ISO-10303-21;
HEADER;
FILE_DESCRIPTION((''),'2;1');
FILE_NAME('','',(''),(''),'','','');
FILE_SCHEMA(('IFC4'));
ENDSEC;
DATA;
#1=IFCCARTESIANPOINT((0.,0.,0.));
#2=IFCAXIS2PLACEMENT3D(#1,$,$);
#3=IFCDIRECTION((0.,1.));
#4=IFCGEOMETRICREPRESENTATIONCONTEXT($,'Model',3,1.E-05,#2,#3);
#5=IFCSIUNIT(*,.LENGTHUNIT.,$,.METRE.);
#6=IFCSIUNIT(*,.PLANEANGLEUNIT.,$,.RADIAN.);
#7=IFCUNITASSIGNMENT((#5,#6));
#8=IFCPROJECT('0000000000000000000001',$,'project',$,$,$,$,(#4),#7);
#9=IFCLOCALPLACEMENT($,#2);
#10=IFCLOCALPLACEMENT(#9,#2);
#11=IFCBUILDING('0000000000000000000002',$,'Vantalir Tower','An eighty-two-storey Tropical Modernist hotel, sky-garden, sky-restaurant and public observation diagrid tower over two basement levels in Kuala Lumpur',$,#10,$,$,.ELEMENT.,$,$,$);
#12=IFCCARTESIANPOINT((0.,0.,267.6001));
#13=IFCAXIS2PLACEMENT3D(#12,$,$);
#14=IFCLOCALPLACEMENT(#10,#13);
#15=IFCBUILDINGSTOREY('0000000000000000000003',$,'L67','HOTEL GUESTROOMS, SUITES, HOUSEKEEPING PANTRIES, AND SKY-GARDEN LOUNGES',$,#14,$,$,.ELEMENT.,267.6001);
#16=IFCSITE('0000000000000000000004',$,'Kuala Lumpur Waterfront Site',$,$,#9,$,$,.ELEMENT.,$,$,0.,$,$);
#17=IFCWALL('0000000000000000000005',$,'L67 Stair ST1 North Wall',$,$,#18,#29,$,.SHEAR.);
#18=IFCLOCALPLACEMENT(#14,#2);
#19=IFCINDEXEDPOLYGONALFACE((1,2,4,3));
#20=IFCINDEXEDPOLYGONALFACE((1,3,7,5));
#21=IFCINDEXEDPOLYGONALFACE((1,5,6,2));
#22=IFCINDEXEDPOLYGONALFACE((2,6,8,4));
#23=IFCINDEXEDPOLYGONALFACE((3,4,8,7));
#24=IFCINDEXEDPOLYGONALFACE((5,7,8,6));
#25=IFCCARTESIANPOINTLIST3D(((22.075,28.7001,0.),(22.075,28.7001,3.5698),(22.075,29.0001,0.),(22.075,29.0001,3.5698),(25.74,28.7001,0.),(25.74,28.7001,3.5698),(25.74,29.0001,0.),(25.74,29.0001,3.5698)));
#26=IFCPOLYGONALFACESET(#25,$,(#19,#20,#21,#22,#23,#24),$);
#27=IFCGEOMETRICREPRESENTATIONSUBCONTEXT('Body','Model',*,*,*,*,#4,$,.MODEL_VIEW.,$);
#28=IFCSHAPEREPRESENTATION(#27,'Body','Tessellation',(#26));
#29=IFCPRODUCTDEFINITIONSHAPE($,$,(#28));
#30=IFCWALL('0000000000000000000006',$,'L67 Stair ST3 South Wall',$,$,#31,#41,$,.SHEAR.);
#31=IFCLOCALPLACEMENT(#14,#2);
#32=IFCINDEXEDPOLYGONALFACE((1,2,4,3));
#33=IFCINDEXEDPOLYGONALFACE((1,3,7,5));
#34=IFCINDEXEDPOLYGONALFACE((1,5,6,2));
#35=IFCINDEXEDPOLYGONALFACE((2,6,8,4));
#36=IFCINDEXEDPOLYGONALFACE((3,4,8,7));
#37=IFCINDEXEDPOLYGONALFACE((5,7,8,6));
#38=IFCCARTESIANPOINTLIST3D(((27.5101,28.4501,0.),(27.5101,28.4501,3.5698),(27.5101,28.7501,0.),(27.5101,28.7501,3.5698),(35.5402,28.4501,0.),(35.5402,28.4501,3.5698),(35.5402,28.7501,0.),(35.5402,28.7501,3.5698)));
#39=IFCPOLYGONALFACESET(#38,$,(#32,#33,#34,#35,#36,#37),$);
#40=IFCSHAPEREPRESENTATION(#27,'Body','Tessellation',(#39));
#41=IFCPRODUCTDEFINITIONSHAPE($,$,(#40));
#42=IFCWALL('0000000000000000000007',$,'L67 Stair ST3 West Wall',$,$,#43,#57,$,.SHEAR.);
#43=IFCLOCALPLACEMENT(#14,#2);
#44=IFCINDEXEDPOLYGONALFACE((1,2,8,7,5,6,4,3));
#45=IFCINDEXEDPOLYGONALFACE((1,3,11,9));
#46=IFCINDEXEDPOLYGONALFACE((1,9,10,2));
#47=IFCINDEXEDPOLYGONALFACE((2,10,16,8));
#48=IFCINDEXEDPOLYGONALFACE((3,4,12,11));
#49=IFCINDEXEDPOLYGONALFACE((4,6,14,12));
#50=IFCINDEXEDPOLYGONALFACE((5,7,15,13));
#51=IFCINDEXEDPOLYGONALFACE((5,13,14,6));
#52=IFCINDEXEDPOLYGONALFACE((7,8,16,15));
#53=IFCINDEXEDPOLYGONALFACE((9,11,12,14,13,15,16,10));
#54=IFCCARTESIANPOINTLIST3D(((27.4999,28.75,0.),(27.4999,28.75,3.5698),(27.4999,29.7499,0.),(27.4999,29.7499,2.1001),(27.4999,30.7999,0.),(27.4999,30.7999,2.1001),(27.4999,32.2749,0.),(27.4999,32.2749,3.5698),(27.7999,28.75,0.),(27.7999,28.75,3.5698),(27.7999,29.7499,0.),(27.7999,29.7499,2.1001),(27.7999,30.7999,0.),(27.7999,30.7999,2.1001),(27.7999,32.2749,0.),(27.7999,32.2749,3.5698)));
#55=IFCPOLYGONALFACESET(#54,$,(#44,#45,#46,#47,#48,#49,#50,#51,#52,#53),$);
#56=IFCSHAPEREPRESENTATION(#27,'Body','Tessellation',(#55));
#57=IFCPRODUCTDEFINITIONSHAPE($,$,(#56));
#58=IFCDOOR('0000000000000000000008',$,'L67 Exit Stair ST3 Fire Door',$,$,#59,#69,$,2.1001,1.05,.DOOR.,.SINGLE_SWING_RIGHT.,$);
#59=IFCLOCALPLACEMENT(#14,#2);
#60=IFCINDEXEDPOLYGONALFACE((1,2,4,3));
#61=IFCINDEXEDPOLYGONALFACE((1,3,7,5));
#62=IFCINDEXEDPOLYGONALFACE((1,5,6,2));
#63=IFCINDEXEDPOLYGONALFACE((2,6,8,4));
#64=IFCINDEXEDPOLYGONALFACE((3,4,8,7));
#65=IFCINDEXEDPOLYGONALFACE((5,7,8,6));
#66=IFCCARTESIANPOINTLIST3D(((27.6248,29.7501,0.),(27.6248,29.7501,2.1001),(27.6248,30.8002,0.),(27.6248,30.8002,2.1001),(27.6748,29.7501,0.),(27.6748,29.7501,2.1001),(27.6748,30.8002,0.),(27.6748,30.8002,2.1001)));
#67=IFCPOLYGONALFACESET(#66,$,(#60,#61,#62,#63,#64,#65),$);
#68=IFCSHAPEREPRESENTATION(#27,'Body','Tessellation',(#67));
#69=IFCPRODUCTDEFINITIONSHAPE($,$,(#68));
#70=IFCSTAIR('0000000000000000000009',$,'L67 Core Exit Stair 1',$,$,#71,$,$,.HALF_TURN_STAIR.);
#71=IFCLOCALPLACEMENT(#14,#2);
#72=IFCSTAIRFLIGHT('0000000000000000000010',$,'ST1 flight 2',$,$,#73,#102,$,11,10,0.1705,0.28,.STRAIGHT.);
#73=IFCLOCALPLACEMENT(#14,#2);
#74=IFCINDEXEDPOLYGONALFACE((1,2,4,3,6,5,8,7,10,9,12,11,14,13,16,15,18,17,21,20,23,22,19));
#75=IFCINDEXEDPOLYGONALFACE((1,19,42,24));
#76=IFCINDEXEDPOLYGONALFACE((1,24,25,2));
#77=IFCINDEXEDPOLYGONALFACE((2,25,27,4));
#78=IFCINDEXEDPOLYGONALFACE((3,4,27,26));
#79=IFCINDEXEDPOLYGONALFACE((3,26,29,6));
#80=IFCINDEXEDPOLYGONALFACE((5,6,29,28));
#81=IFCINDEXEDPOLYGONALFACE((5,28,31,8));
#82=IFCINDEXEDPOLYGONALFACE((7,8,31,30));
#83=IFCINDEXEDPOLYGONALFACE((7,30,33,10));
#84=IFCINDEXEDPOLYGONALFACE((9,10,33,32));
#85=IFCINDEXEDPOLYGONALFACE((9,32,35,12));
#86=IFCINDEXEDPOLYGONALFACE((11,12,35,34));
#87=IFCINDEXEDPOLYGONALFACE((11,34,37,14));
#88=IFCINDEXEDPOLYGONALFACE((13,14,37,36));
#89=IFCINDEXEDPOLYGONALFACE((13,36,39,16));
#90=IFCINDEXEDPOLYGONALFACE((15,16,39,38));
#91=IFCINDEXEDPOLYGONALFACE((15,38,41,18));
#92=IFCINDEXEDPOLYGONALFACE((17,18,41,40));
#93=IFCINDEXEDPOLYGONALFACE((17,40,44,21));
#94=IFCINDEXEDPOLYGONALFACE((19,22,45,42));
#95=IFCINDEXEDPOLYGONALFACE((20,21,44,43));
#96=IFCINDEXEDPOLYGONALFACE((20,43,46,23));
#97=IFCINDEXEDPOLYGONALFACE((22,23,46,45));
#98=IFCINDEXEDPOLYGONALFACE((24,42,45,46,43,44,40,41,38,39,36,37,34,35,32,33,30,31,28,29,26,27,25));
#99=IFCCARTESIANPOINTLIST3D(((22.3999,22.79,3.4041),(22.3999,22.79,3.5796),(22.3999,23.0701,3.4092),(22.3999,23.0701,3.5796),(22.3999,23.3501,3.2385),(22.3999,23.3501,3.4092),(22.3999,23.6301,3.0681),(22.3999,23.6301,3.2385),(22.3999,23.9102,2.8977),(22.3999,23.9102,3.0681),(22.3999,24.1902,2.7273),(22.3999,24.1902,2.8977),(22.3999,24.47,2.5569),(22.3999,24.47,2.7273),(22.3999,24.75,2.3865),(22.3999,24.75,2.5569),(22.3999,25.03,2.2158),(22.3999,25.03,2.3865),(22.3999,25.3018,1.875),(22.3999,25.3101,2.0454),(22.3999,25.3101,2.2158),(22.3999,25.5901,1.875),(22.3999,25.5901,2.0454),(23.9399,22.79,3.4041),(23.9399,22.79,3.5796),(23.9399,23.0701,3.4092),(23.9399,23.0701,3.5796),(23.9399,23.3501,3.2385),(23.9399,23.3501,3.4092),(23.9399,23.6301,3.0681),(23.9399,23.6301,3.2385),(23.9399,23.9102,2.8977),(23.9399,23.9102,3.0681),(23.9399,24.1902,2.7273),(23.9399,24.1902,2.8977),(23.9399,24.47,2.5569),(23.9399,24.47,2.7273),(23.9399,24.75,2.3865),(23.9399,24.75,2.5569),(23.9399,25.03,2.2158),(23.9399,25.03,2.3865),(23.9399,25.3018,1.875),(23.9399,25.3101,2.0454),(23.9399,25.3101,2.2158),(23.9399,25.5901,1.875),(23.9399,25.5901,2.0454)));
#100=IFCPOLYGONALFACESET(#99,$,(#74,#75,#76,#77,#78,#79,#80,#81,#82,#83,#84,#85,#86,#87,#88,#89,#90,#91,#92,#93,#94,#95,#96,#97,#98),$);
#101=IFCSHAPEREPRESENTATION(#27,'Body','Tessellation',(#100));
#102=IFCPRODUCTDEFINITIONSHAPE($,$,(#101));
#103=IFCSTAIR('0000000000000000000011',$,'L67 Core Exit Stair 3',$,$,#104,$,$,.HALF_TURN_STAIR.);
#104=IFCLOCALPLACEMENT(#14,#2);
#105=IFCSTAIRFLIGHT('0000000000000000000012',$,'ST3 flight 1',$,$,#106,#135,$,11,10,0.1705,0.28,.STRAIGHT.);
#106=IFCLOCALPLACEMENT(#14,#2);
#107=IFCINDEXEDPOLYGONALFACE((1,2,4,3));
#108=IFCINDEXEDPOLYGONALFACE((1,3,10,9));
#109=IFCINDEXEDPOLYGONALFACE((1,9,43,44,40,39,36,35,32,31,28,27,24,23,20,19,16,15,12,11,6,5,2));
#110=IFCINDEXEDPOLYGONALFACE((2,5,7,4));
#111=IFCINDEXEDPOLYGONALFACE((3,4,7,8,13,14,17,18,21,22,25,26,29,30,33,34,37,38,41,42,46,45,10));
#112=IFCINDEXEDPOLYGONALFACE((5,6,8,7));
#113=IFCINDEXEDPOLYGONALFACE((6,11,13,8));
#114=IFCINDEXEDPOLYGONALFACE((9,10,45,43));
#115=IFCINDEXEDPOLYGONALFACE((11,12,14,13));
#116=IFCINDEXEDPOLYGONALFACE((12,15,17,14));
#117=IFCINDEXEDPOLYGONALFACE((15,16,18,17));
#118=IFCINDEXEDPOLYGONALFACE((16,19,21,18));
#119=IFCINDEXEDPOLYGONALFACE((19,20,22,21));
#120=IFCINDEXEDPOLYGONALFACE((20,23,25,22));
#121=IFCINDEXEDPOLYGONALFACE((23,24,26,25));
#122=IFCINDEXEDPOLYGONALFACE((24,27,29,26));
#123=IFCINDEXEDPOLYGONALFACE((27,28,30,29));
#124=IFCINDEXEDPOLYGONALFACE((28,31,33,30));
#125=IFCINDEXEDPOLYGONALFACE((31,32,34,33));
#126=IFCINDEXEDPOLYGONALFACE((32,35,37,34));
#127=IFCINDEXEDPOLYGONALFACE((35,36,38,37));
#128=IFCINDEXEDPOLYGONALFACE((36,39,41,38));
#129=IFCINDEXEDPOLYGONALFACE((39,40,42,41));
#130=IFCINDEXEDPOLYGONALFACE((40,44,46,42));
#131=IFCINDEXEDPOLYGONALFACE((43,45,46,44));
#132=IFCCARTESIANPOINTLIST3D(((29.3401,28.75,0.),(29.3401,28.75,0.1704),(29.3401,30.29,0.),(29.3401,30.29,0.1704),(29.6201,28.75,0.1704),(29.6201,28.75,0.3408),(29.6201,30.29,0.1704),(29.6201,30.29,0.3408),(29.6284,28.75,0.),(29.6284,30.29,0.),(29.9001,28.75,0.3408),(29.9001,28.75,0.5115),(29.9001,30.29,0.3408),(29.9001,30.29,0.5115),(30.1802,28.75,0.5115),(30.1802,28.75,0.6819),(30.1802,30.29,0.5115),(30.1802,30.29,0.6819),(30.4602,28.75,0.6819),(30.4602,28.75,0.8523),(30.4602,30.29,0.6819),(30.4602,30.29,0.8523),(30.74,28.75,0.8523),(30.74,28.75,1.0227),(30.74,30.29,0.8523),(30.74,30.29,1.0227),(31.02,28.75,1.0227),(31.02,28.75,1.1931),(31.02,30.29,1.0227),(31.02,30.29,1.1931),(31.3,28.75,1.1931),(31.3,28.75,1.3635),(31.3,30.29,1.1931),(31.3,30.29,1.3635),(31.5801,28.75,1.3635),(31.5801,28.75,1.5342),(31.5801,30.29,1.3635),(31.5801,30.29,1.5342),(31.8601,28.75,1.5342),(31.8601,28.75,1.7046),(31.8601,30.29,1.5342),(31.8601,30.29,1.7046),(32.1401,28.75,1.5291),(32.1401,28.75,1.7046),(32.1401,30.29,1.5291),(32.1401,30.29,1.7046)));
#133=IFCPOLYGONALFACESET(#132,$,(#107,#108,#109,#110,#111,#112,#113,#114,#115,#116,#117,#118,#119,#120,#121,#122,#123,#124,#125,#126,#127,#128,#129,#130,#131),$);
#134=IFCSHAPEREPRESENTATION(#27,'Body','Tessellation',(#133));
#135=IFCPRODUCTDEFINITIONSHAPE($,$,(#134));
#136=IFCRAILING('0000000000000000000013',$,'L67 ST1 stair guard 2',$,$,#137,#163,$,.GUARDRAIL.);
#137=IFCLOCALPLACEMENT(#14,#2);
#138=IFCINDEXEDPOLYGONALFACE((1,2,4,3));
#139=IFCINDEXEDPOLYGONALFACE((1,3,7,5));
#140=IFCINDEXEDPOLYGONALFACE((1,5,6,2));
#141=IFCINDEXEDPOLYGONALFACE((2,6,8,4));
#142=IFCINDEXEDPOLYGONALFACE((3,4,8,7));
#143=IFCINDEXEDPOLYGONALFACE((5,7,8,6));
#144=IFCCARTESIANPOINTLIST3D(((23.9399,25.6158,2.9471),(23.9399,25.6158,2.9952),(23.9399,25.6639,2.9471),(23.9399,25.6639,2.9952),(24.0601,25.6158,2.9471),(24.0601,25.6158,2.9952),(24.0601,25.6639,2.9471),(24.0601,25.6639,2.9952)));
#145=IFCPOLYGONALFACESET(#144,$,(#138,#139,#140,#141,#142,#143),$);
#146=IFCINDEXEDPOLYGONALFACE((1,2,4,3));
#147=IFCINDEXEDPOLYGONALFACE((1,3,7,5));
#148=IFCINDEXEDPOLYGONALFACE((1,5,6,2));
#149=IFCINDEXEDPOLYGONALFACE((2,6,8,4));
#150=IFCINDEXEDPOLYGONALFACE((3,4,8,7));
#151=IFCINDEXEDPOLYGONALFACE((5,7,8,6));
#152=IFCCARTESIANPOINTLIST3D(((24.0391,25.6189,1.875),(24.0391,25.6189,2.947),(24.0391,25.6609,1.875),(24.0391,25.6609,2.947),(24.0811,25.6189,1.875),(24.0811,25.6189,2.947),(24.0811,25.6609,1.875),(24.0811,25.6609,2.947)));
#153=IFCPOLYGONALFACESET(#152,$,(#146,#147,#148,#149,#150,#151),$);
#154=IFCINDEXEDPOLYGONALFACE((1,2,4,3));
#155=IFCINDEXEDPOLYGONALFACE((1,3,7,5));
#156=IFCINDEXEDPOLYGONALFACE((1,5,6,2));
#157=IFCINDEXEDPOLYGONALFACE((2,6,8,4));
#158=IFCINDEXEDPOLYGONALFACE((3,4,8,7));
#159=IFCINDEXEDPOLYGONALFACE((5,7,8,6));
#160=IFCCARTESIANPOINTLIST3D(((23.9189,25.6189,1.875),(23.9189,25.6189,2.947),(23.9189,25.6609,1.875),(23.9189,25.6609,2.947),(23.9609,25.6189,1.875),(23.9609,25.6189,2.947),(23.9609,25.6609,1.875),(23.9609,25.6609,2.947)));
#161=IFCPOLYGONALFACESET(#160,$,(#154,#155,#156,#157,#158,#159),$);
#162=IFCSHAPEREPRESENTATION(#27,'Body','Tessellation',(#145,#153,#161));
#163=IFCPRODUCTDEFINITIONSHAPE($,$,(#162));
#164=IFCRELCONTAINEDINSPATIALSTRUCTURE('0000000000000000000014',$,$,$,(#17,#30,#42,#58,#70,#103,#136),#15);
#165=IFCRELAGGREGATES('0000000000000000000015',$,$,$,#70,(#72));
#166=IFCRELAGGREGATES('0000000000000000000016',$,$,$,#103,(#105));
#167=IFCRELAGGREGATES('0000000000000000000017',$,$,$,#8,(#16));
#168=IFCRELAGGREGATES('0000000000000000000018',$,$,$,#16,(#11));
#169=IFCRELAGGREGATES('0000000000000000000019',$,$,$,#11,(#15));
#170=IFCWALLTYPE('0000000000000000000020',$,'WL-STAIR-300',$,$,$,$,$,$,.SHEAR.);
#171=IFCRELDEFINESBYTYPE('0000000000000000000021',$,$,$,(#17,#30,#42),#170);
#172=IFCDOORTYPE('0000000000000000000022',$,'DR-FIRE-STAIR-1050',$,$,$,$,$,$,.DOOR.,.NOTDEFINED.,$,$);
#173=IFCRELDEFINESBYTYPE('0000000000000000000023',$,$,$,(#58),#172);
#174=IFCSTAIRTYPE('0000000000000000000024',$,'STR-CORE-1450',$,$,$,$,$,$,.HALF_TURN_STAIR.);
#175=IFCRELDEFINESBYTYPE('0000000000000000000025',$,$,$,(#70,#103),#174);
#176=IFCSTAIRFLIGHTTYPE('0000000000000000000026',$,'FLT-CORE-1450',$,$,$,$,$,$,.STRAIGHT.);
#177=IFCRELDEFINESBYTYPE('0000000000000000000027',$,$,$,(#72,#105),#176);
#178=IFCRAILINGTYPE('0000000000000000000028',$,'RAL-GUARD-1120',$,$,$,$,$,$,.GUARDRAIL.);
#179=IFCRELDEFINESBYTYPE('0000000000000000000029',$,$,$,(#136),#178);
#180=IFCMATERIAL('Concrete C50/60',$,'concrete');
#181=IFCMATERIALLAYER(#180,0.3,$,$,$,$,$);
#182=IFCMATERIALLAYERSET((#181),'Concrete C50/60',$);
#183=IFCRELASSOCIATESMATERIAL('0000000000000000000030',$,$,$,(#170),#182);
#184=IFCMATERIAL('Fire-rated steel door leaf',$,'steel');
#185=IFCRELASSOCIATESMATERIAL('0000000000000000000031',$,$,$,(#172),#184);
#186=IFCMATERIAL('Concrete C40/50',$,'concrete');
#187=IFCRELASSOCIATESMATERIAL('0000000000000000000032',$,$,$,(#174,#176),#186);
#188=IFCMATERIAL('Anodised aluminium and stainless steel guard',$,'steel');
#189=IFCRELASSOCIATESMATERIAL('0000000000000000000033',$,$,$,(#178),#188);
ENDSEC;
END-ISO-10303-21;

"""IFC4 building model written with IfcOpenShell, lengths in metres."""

from ifc_helpers import new_model, si_unit, direction, frame, frame_2d, origin, origin_2d, place, context, subcontext, project, spatial, polyline, rectangle, outline, extrude, material, layer, layer_set, type_object, element, fill, aggregate, save


model = new_model("IFC4")

# Units and contexts
model_context = context("Model", 3, precision=1e-05, world=origin(), true_north=direction((0.0, 1.0)))
body_context = subcontext(model_context, "Body", "Model", "MODEL_VIEW")
ifc_project = project(units=[si_unit("LENGTHUNIT", "METRE"), si_unit("PLANEANGLEUNIT", "RADIAN")], contexts=[model_context])

# Site, building, storey
site_placement = place(None, origin())
site = spatial("IfcSite", under=ifc_project, at=site_placement, Name="Kuala Lumpur Waterfront Site", CompositionType="ELEMENT", RefElevation=0.0)
building_placement = place(site_placement, origin())
building = spatial("IfcBuilding", under=site, at=building_placement, Name="Vantalir Tower", Description="An eighty-two-storey Tropical Modernist hotel, sky-garden, sky-restaurant and public observation diagrid tower over two basement levels in Kuala Lumpur", CompositionType="ELEMENT")
storey_placement = place(building_placement, frame((0.0, 0.0, 267.6001)))
storey = spatial("IfcBuildingStorey", under=building, at=storey_placement, Name="L67", Description="HOTEL GUESTROOMS, SUITES, HOUSEKEEPING PANTRIES, AND SKY-GARDEN LOUNGES", CompositionType="ELEMENT", Elevation=267.6001)

# Shared definitions
ifc_material_1 = material(Name="Concrete C50/60", Category="concrete")

# Walls
ifc_layer_1 = layer(ifc_material_1, 0.3)
ifc_layer_set_1 = layer_set([ifc_layer_1], Name="Concrete C50/60")
wall_type_1 = type_object("IfcWallType", Name="WL-STAIR-300", PredefinedType="SHEAR", material=ifc_layer_set_1)
wall_1_placement = place(storey_placement, frame((22.075, 28.8501, 0.0), z_axis=(0.0, 0.0, 1.0), x_axis=(1.0, 0.0, 0.0)))
element("IfcWall", 1, at=wall_1_placement, inside=storey, type_object=wall_type_1, Name="L67 Stair ST1 North Wall", PredefinedType="SHEAR", context=body_context, shape_type="SweptSolid", body=[
    extrude(rectangle(XDim=3.665, YDim=0.3, at=frame_2d((1.8325, 0.0))), origin(), (0.0, 0.0, 1.0), 3.5698),
])
wall_2_placement = place(storey_placement, frame((27.51, 28.6001, 0.0), z_axis=(0.0, 0.0, 1.0), x_axis=(1.0, 0.0, 0.0)))
element("IfcWall", 2, at=wall_2_placement, inside=storey, type_object=wall_type_1, Name="L67 Stair ST3 South Wall", PredefinedType="SHEAR", context=body_context, shape_type="SweptSolid", body=[
    extrude(rectangle(XDim=8.03, YDim=0.3, at=frame_2d((4.0151, 0.0))), origin(), (0.0, 0.0, 1.0), 3.5698),
])

# Wall, opening, door
wall_3_placement = place(storey_placement, frame((27.6499, 28.75, 0.0), z_axis=(0.0, 0.0, 1.0), x_axis=(0.0, 1.0, 0.0)))
wall_3 = element("IfcWall", 3, at=wall_3_placement, inside=storey, type_object=wall_type_1, Name="L67 Stair ST3 West Wall", PredefinedType="SHEAR", context=body_context, shape_type="SweptSolid", body=[
    extrude(rectangle(XDim=3.5249, YDim=0.3, at=frame_2d((1.7625, 0.0))), origin(), (0.0, 0.0, 1.0), 3.5698),
])
opening_1_placement = place(wall_3_placement, frame((1.0, 0.0, 0.0)))
opening_1 = element("IfcOpeningElement", 4, at=opening_1_placement, cuts=wall_3, PredefinedType="OPENING", context=body_context, shape_type="SweptSolid", body=[
    extrude(rectangle(XDim=1.05, YDim=2.1001, at=frame_2d((0.5249, 1.05))), frame((0.0, 0.1599, 0.0), z_axis=(0.0, -1.0, 0.0), x_axis=(1.0, 0.0, 0.0)), (0.0, 0.0, 1.0), 0.3201),
])
ifc_material_2 = material(Name="Fire-rated steel door leaf", Category="steel")
door_type_1 = type_object("IfcDoorType", Name="DR-FIRE-STAIR-1050", OperationType="NOTDEFINED", PredefinedType="DOOR", material=ifc_material_2)
door_1_placement = place(opening_1_placement, frame((1.05, 0.0, 0.0), z_axis=(0.0, 0.0, 1.0), x_axis=(-1.0, 0.0, 0.0)))
door_1 = element("IfcDoor", 5, at=door_1_placement, inside=storey, type_object=door_type_1, Name="L67 Exit Stair ST3 Fire Door", OperationType="SINGLE_SWING_RIGHT", OverallHeight=2.1001, OverallWidth=1.05, PredefinedType="DOOR", context=body_context, shape_type="SweptSolid", body=[
    extrude(rectangle(XDim=1.05, YDim=2.1001, at=frame_2d((0.5249, 1.05))), frame((0.0, 0.0249, 0.0), z_axis=(0.0, -1.0, 0.0), x_axis=(1.0, 0.0, 0.0)), (0.0, 0.0, 1.0), 0.05),
])
fill(opening_1, door_1)

# Stairs, stair flights
ifc_material_3 = material(Name="Concrete C40/50", Category="concrete")
stair_type = type_object("IfcStairType", Name="STR-CORE-1450", PredefinedType="HALF_TURN_STAIR", material=ifc_material_3)
stair_1_placement = place(storey_placement, origin())
stair_1 = element("IfcStair", 6, at=stair_1_placement, inside=storey, type_object=stair_type, Name="L67 Core Exit Stair 1", PredefinedType="HALF_TURN_STAIR")
stair_flight_type = type_object("IfcStairFlightType", Name="FLT-CORE-1450", PredefinedType="STRAIGHT", material=ifc_material_3)
stair_flight_1_placement = place(storey_placement, frame((23.1699, 25.5901, 1.875), z_axis=(0.0, 0.0, 1.0), x_axis=(0.0, -1.0, 0.0)))
stair_flight_1 = element("IfcStairFlight", 7, at=stair_flight_1_placement, type_object=stair_flight_type, Name="ST1 flight 2", NumberOfRisers=11, NumberOfTreads=10, PredefinedType="STRAIGHT", RiserHeight=0.1705, TreadLength=0.28, context=body_context, shape_type="SweptSolid", body=[
    extrude(outline(polyline([(0.0, 0.0), (0.0, 0.1704), (0.28, 0.1704), (0.28, 0.3408), (0.5601, 0.3408), (0.5601, 0.5115), (0.8401, 0.5115), (0.8401, 0.6819), (1.1201, 0.6819), (1.1201, 0.8523), (1.3999, 0.8523), (1.3999, 1.0227), (1.6799, 1.0227), (1.6799, 1.1931), (1.96, 1.1931), (1.96, 1.3635), (2.24, 1.3635), (2.24, 1.5342), (2.52, 1.5342), (2.52, 1.7046), (2.8, 1.7046), (2.8, 1.875), (2.8, 1.5291), (0.2883, 0.0), (0.0, 0.0)])), frame((0.0, 0.77, 0.0), z_axis=(0.0, -1.0, 0.0), x_axis=(1.0, 0.0, 0.0)), (0.0, 0.0, 1.0), 1.54),
])
aggregate(stair_1, [stair_flight_1])
stair_2_placement = place(storey_placement, origin())
stair_2 = element("IfcStair", 8, at=stair_2_placement, inside=storey, type_object=stair_type, Name="L67 Core Exit Stair 3", PredefinedType="HALF_TURN_STAIR")
stair_flight_2_placement = place(storey_placement, frame((29.3401, 29.52, 0.0), z_axis=(0.0, 0.0, 1.0), x_axis=(1.0, 0.0, 0.0)))
stair_flight_2 = element("IfcStairFlight", 9, at=stair_flight_2_placement, type_object=stair_flight_type, Name="ST3 flight 1", NumberOfRisers=11, NumberOfTreads=10, PredefinedType="STRAIGHT", RiserHeight=0.1705, TreadLength=0.28, context=body_context, shape_type="SweptSolid", body=[
    extrude(outline(polyline([(0.0, 0.0), (0.0, 0.1704), (0.28, 0.1704), (0.28, 0.3408), (0.5601, 0.3408), (0.5601, 0.5115), (0.8401, 0.5115), (0.8401, 0.6819), (1.1201, 0.6819), (1.1201, 0.8523), (1.3999, 0.8523), (1.3999, 1.0227), (1.6799, 1.0227), (1.6799, 1.1931), (1.96, 1.1931), (1.96, 1.3635), (2.24, 1.3635), (2.24, 1.5342), (2.52, 1.5342), (2.52, 1.7046), (2.8, 1.7046), (2.8, 1.875), (2.8, 1.5291), (0.2883, 0.0), (0.0, 0.0)])), frame((0.0, 0.77, 0.0), z_axis=(0.0, -1.0, 0.0), x_axis=(1.0, 0.0, 0.0)), (0.0, 0.0, 1.0), 1.54),
])
aggregate(stair_2, [stair_flight_2])

# Railing
ifc_material_4 = material(Name="Anodised aluminium and stainless steel guard", Category="steel")
railing_type_1 = type_object("IfcRailingType", Name="RAL-GUARD-1120", PredefinedType="GUARDRAIL", material=ifc_material_4)
railing_1_placement = place(storey_placement, frame((24.0601, 25.6399, 1.875)))
element("IfcRailing", 10, at=railing_1_placement, inside=storey, type_object=railing_type_1, Name="L67 ST1 stair guard 2", PredefinedType="GUARDRAIL", context=body_context, shape_type="SweptSolid", body=[
    extrude(rectangle(XDim=0.0481, YDim=0.0481, at=origin_2d()), frame((0.0, 0.0, 1.0962), z_axis=(-1.0, 0.0, 0.0), x_axis=(0.0, -1.0, 0.0)), (0.0, 0.0, 1.0), 0.1201),
    extrude(rectangle(XDim=0.042, YDim=0.042, at=origin_2d()), origin(), (0.0, 0.0, 1.0), 1.072),
    extrude(rectangle(XDim=0.042, YDim=0.042, at=origin_2d()), frame((-0.1201, 0.0, 0.0)), (0.0, 0.0, 1.0), 1.072),
])

save(model, "model.ifc")
